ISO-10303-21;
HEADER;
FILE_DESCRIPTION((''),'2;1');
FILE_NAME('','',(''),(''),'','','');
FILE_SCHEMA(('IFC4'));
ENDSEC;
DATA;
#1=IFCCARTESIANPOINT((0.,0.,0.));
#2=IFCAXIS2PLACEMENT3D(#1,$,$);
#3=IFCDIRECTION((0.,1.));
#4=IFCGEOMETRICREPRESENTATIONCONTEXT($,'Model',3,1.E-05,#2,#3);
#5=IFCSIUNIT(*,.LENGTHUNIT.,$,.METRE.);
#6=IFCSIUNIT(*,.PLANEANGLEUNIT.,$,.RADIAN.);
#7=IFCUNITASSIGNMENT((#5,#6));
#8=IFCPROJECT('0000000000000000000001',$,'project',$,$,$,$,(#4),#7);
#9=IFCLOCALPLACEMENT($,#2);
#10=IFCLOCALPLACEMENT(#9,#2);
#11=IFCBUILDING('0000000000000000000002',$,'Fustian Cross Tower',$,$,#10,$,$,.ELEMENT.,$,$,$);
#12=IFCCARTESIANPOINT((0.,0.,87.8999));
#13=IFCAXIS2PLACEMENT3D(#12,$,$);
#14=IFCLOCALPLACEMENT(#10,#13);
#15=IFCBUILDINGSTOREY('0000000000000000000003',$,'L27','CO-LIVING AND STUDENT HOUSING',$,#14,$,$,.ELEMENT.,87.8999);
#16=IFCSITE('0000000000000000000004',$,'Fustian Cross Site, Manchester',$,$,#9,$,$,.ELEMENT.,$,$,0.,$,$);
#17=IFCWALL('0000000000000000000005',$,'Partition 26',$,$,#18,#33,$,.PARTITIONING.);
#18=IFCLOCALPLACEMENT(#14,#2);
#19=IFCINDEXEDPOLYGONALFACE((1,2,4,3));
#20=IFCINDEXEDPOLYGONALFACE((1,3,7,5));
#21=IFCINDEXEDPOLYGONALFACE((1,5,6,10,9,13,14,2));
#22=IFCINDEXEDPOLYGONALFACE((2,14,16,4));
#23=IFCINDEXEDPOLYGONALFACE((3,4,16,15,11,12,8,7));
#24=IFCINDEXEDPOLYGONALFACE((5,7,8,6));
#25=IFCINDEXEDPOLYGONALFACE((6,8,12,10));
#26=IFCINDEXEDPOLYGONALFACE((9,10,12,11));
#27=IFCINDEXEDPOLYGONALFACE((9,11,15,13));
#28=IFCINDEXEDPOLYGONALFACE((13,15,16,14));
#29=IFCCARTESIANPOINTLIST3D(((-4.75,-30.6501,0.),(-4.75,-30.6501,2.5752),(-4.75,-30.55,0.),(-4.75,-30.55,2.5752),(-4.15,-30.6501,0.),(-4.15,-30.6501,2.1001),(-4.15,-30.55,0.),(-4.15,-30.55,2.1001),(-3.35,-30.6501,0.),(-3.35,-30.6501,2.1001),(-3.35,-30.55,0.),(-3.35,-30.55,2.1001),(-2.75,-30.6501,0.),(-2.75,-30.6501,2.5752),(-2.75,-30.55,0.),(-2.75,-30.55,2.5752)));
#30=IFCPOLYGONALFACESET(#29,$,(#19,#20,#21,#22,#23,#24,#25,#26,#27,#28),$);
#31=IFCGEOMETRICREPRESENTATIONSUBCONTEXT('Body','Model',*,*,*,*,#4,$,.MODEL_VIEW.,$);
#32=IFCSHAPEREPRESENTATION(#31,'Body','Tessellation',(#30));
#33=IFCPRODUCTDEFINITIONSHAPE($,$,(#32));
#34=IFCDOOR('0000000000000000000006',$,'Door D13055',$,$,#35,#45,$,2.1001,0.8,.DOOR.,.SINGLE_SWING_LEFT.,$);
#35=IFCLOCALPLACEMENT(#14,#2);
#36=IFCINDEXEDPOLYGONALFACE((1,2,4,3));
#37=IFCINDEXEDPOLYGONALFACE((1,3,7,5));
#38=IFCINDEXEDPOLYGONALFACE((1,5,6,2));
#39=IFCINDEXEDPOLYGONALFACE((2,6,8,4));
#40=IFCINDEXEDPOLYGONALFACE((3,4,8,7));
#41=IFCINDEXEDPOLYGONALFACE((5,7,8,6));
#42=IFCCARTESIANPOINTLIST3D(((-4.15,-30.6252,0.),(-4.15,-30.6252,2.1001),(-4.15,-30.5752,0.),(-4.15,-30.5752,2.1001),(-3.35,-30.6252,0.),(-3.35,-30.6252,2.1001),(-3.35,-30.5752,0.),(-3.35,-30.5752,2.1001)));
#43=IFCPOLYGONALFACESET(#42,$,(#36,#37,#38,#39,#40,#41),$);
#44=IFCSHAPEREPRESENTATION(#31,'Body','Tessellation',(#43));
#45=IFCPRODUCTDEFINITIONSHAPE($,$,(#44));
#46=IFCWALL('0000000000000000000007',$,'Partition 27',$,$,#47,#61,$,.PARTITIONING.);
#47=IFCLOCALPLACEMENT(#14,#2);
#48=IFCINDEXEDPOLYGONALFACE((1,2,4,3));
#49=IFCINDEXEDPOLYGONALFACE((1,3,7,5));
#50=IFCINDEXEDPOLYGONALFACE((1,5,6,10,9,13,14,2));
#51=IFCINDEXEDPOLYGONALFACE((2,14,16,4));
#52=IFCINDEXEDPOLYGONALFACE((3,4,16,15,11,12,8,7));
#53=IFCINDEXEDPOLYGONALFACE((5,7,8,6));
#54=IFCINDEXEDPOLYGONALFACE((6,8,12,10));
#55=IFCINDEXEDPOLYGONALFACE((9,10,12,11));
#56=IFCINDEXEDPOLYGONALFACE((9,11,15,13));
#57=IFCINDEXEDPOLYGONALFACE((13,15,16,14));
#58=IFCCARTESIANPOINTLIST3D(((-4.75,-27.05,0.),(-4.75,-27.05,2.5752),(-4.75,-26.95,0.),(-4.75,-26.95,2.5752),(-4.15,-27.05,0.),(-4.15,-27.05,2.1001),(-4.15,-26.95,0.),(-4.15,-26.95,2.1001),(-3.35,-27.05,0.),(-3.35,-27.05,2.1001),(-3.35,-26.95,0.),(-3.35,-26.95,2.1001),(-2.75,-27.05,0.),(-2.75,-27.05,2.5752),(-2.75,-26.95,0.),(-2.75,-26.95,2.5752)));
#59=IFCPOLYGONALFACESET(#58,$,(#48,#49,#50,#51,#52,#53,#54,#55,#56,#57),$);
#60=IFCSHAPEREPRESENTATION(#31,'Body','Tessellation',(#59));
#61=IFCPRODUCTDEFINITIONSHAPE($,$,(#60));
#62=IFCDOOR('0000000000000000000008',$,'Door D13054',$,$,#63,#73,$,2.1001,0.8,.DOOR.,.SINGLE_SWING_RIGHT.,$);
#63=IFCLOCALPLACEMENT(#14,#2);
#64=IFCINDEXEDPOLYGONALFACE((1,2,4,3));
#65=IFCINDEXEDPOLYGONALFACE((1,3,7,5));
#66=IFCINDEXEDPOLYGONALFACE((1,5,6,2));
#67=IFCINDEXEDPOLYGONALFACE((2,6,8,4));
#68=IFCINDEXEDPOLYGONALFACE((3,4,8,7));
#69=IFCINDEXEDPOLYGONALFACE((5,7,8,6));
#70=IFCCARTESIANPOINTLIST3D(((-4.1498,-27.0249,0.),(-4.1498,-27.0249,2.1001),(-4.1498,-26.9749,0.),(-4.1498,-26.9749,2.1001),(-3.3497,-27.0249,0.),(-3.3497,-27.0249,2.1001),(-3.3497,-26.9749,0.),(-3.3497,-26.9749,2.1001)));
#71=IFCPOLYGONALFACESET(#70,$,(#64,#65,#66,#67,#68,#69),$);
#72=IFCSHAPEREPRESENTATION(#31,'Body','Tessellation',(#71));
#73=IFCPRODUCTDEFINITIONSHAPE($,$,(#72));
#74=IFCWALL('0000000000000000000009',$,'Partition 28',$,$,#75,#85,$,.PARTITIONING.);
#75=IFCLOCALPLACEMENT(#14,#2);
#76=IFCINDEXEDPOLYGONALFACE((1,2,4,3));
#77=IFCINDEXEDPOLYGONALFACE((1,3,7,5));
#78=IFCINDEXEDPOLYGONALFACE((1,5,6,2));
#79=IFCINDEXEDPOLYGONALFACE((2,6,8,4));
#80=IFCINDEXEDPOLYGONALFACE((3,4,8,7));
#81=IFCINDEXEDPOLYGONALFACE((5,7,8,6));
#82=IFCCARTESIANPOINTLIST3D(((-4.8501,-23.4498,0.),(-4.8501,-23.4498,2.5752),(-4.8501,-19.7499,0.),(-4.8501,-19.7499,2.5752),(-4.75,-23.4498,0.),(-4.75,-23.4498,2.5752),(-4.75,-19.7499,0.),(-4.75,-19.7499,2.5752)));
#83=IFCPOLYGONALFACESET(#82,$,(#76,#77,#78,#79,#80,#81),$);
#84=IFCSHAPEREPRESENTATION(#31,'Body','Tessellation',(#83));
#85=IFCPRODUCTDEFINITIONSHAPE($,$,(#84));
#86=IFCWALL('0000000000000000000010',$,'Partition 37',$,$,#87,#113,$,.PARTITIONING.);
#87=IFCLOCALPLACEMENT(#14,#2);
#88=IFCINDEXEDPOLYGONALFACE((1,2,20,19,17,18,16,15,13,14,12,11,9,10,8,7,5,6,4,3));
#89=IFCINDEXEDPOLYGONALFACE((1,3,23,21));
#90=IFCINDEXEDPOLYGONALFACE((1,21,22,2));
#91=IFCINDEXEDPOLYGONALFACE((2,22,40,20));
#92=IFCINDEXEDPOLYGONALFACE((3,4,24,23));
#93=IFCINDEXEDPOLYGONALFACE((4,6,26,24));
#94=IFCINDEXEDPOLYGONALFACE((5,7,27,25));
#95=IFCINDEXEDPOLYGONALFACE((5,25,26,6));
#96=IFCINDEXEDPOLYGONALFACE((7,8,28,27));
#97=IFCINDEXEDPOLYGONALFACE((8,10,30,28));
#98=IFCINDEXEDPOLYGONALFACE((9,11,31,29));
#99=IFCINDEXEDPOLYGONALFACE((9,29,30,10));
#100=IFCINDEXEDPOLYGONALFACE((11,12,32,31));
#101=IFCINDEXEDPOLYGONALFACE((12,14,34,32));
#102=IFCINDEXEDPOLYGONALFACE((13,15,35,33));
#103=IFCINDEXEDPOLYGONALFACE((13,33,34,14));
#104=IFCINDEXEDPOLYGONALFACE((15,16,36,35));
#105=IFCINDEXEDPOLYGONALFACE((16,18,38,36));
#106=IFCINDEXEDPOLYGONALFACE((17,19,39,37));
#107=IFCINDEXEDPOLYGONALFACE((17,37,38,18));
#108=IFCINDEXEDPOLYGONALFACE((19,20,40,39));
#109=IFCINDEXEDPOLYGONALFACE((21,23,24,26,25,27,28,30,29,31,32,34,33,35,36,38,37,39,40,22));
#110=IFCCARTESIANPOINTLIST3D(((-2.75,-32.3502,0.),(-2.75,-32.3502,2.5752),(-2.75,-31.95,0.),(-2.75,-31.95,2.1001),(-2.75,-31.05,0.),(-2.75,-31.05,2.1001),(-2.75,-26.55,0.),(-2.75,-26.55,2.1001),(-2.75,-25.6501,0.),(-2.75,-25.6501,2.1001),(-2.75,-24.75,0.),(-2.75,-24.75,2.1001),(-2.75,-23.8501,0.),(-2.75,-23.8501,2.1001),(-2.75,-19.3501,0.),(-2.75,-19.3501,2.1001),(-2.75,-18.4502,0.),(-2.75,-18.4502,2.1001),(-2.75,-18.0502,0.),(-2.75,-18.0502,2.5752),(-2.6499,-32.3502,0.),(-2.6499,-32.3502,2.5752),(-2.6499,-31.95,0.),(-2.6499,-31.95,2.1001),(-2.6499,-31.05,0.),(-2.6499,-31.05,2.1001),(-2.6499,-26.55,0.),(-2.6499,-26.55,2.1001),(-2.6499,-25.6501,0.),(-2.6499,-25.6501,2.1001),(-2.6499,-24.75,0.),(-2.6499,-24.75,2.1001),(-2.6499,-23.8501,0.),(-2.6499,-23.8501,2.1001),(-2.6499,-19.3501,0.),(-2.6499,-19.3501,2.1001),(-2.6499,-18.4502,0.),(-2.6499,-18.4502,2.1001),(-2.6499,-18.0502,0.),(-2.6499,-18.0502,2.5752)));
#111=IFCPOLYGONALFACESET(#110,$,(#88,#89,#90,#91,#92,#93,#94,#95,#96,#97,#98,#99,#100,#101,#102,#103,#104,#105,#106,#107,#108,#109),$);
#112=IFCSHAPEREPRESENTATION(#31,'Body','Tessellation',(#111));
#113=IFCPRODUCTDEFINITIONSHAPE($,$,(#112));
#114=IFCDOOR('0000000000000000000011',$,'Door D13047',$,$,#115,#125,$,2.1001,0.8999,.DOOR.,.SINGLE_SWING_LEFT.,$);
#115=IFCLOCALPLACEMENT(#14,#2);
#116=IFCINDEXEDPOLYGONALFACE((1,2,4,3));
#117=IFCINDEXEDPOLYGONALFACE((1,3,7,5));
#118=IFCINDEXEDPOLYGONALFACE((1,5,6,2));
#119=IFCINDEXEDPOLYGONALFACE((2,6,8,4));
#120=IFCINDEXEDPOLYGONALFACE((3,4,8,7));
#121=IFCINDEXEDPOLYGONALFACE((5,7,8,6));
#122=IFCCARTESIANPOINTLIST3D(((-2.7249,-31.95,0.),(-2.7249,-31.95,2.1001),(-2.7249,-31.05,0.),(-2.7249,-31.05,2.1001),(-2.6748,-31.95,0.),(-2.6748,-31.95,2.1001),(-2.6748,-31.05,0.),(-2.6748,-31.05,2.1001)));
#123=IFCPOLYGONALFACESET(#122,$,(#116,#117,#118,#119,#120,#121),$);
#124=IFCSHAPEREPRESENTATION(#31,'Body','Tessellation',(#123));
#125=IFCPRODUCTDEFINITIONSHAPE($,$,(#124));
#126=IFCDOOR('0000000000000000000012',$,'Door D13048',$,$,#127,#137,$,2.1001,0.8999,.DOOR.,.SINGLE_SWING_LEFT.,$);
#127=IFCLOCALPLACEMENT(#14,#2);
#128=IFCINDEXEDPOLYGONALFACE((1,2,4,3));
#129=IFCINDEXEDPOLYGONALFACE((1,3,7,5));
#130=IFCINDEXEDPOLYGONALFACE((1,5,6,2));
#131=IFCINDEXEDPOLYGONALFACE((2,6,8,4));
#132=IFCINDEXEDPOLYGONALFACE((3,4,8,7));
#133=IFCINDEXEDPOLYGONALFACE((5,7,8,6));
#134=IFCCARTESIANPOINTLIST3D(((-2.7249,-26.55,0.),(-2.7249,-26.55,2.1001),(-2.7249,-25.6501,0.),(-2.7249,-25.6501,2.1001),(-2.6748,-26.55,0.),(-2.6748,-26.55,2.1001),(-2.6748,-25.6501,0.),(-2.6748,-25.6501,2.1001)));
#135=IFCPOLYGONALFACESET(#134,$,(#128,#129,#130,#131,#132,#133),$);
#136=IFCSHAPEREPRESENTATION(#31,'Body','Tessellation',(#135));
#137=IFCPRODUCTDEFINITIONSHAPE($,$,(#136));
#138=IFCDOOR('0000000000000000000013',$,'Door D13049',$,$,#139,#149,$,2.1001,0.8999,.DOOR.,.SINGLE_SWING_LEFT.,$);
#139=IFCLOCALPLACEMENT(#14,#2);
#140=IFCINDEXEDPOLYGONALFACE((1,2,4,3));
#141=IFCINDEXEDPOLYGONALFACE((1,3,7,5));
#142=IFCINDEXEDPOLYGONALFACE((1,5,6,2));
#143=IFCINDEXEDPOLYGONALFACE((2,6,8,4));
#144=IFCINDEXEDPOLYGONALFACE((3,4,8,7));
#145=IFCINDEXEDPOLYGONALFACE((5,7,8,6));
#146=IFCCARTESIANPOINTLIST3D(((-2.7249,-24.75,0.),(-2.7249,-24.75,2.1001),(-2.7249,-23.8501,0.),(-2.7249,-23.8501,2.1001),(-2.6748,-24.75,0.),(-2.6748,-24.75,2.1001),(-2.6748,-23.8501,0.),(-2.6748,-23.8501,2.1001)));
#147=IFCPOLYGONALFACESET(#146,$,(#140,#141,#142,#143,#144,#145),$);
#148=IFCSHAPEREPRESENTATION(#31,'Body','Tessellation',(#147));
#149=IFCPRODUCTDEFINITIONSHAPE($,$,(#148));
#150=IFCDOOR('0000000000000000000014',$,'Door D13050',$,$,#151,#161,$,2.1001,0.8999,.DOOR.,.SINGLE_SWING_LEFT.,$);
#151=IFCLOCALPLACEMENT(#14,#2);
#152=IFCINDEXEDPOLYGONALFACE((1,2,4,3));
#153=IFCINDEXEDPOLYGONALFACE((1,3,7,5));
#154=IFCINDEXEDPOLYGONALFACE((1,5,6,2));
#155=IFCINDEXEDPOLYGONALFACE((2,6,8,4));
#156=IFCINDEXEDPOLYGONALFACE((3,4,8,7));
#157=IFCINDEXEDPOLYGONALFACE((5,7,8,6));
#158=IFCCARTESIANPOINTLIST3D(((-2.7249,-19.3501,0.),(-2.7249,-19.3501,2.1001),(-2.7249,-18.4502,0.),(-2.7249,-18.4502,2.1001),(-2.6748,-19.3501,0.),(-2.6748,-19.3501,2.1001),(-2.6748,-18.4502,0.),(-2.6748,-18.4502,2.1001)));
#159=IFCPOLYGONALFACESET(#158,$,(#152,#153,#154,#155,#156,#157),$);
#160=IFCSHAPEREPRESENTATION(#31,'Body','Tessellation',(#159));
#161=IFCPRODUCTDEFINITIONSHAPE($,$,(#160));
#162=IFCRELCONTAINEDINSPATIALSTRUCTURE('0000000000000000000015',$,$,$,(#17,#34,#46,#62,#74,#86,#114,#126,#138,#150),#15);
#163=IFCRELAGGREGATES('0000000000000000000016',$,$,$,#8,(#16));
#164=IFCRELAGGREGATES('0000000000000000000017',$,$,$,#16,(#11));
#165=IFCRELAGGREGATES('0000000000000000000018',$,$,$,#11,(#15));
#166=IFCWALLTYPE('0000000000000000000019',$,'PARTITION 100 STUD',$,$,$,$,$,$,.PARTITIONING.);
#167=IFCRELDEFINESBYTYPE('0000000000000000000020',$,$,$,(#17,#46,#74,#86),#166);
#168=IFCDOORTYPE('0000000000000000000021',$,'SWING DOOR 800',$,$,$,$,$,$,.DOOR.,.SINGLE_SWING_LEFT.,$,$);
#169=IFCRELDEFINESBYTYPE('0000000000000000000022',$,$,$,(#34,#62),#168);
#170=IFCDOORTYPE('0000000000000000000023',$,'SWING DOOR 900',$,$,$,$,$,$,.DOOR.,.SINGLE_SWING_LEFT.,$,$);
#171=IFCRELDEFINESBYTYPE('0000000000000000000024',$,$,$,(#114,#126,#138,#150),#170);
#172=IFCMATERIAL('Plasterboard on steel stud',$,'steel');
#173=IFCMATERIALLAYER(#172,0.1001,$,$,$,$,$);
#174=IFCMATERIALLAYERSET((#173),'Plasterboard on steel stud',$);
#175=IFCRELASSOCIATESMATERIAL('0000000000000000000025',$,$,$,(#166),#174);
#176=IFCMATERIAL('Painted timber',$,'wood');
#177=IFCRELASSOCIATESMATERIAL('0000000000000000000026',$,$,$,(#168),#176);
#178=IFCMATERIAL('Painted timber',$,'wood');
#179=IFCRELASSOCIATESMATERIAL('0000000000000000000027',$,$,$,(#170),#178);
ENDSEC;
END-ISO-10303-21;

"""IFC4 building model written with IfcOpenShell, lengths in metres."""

from ifc_helpers import new_model, si_unit, direction, frame, frame_2d, origin, place, context, subcontext, project, spatial, rectangle, extrude, material, layer, layer_set, type_object, element, fill, save


model = new_model("IFC4")

# Units and contexts
model_context = context("Model", 3, precision=1e-05, world=origin(), true_north=direction((0.0, 1.0)))
body_context = subcontext(model_context, "Body", "Model", "MODEL_VIEW")
ifc_project = project(units=[si_unit("LENGTHUNIT", "METRE"), si_unit("PLANEANGLEUNIT", "RADIAN")], contexts=[model_context])

# Site, building, storey
site_placement = place(None, origin())
site = spatial("IfcSite", under=ifc_project, at=site_placement, Name="Fustian Cross Site, Manchester", CompositionType="ELEMENT", RefElevation=0.0)
building_placement = place(site_placement, origin())
building = spatial("IfcBuilding", under=site, at=building_placement, Name="Fustian Cross Tower", CompositionType="ELEMENT")
storey_placement = place(building_placement, frame((0.0, 0.0, 87.8999)))
storey = spatial("IfcBuildingStorey", under=building, at=storey_placement, Name="L27", Description="CO-LIVING AND STUDENT HOUSING", CompositionType="ELEMENT", Elevation=87.8999)

# Shared definitions
ifc_material_1 = material(Name="Plasterboard on steel stud", Category="steel")
ifc_layer_1 = layer(ifc_material_1, 0.1001)
ifc_layer_set_1 = layer_set([ifc_layer_1], Name="Plasterboard on steel stud")
wall_type_1 = type_object("IfcWallType", Name="PARTITION 100 STUD", PredefinedType="PARTITIONING", material=ifc_layer_set_1)
ifc_material_2 = material(Name="Painted timber", Category="wood")
door_type_1 = type_object("IfcDoorType", Name="SWING DOOR 800", OperationType="SINGLE_SWING_LEFT", PredefinedType="DOOR", material=ifc_material_2)

# Walls, openings, doors
wall_1_placement = place(storey_placement, frame((-4.75, -30.6001, 0.0), z_axis=(0.0, 0.0, 1.0), x_axis=(1.0, 0.0, 0.0)))
wall_1 = element("IfcWall", 1, at=wall_1_placement, inside=storey, type_object=wall_type_1, Name="Partition 26", PredefinedType="PARTITIONING", context=body_context, shape_type="SweptSolid", body=[
    extrude(rectangle(XDim=2.0, YDim=0.1001, at=frame_2d((1.0, 0.0))), origin(), (0.0, 0.0, 1.0), 2.5752),
])
opening_1_placement = place(wall_1_placement, frame((0.6001, 0.0, 0.0)))
opening_1 = element("IfcOpeningElement", 2, at=opening_1_placement, cuts=wall_1, PredefinedType="OPENING", context=body_context, shape_type="SweptSolid", body=[
    extrude(rectangle(XDim=0.8, YDim=2.1001, at=frame_2d((0.3999, 1.05))), frame((0.0, 0.0601, 0.0), z_axis=(0.0, -1.0, 0.0), x_axis=(1.0, 0.0, 0.0)), (0.0, 0.0, 1.0), 0.1201),
])
door_1_placement = place(opening_1_placement, origin())
door_1 = element("IfcDoor", 3, at=door_1_placement, inside=storey, type_object=door_type_1, Name="Door D13055", OperationType="SINGLE_SWING_LEFT", OverallHeight=2.1001, OverallWidth=0.8, PredefinedType="DOOR", context=body_context, shape_type="SweptSolid", body=[
    extrude(rectangle(XDim=0.8, YDim=2.1001, at=frame_2d((0.3999, 1.05))), frame((0.0, 0.0249, 0.0), z_axis=(0.0, -1.0, 0.0), x_axis=(1.0, 0.0, 0.0)), (0.0, 0.0, 1.0), 0.05),
])
fill(opening_1, door_1)
wall_2_placement = place(storey_placement, frame((-4.75, -27.0, 0.0), z_axis=(0.0, 0.0, 1.0), x_axis=(1.0, 0.0, 0.0)))
wall_2 = element("IfcWall", 4, at=wall_2_placement, inside=storey, type_object=wall_type_1, Name="Partition 27", PredefinedType="PARTITIONING", context=body_context, shape_type="SweptSolid", body=[
    extrude(rectangle(XDim=2.0, YDim=0.1001, at=frame_2d((1.0, 0.0))), origin(), (0.0, 0.0, 1.0), 2.5752),
])
opening_2_placement = place(wall_2_placement, frame((0.6001, 0.0, 0.0)))
opening_2 = element("IfcOpeningElement", 5, at=opening_2_placement, cuts=wall_2, PredefinedType="OPENING", context=body_context, shape_type="SweptSolid", body=[
    extrude(rectangle(XDim=0.8, YDim=2.1001, at=frame_2d((0.3999, 1.05))), frame((0.0, 0.0601, 0.0), z_axis=(0.0, -1.0, 0.0), x_axis=(1.0, 0.0, 0.0)), (0.0, 0.0, 1.0), 0.1201),
])
door_2_placement = place(opening_2_placement, frame((0.8, 0.0, 0.0), z_axis=(0.0, 0.0, 1.0), x_axis=(-1.0, 0.0, 0.0)))
door_2 = element("IfcDoor", 6, at=door_2_placement, inside=storey, type_object=door_type_1, Name="Door D13054", OperationType="SINGLE_SWING_RIGHT", OverallHeight=2.1001, OverallWidth=0.8, PredefinedType="DOOR", context=body_context, shape_type="SweptSolid", body=[
    extrude(rectangle(XDim=0.8, YDim=2.1001, at=frame_2d((0.3999, 1.05))), frame((0.0, 0.0249, 0.0), z_axis=(0.0, -1.0, 0.0), x_axis=(1.0, 0.0, 0.0)), (0.0, 0.0, 1.0), 0.05),
])
fill(opening_2, door_2)

# Wall
wall_3_placement = place(storey_placement, frame((-4.8, -23.45, 0.0), z_axis=(0.0, 0.0, 1.0), x_axis=(0.0, 1.0, 0.0)))
element("IfcWall", 7, at=wall_3_placement, inside=storey, type_object=wall_type_1, Name="Partition 28", PredefinedType="PARTITIONING", context=body_context, shape_type="SweptSolid", body=[
    extrude(rectangle(XDim=3.7, YDim=0.1001, at=frame_2d((1.8501, 0.0))), origin(), (0.0, 0.0, 1.0), 2.5752),
])

# Wall, openings, doors
wall_4_placement = place(storey_placement, frame((-2.7, -32.3501, 0.0), z_axis=(0.0, 0.0, 1.0), x_axis=(0.0, 1.0, 0.0)))
wall_4 = element("IfcWall", 8, at=wall_4_placement, inside=storey, type_object=wall_type_1, Name="Partition 37", PredefinedType="PARTITIONING", context=body_context, shape_type="SweptSolid", body=[
    extrude(rectangle(XDim=14.3, YDim=0.1001, at=frame_2d((7.1499, 0.0))), origin(), (0.0, 0.0, 1.0), 2.5752),
])
opening_3_placement = place(wall_4_placement, frame((0.4001, 0.0, 0.0)))
opening_3 = element("IfcOpeningElement", 9, at=opening_3_placement, cuts=wall_4, PredefinedType="OPENING", context=body_context, shape_type="SweptSolid", body=[
    extrude(rectangle(XDim=0.8999, YDim=2.1001, at=frame_2d((0.45, 1.05))), frame((0.0, 0.0601, 0.0), z_axis=(0.0, -1.0, 0.0), x_axis=(1.0, 0.0, 0.0)), (0.0, 0.0, 1.0), 0.1201),
])
opening_4_placement = place(wall_4_placement, frame((5.8, 0.0, 0.0)))
opening_4 = element("IfcOpeningElement", 10, at=opening_4_placement, cuts=wall_4, PredefinedType="OPENING", context=body_context, shape_type="SweptSolid", body=[
    extrude(rectangle(XDim=0.8999, YDim=2.1001, at=frame_2d((0.45, 1.05))), frame((0.0, 0.0601, 0.0), z_axis=(0.0, -1.0, 0.0), x_axis=(1.0, 0.0, 0.0)), (0.0, 0.0, 1.0), 0.1201),
])
opening_5_placement = place(wall_4_placement, frame((7.6001, 0.0, 0.0)))
opening_5 = element("IfcOpeningElement", 11, at=opening_5_placement, cuts=wall_4, PredefinedType="OPENING", context=body_context, shape_type="SweptSolid", body=[
    extrude(rectangle(XDim=0.8999, YDim=2.1001, at=frame_2d((0.45, 1.05))), frame((0.0, 0.0601, 0.0), z_axis=(0.0, -1.0, 0.0), x_axis=(1.0, 0.0, 0.0)), (0.0, 0.0, 1.0), 0.1201),
])
opening_6_placement = place(wall_4_placement, frame((13.0, 0.0, 0.0)))
opening_6 = element("IfcOpeningElement", 12, at=opening_6_placement, cuts=wall_4, PredefinedType="OPENING", context=body_context, shape_type="SweptSolid", body=[
    extrude(rectangle(XDim=0.8999, YDim=2.1001, at=frame_2d((0.45, 1.05))), frame((0.0, 0.0601, 0.0), z_axis=(0.0, -1.0, 0.0), x_axis=(1.0, 0.0, 0.0)), (0.0, 0.0, 1.0), 0.1201),
])
ifc_material_3 = material(Name="Painted timber", Category="wood")
door_type_2 = type_object("IfcDoorType", Name="SWING DOOR 900", OperationType="SINGLE_SWING_LEFT", PredefinedType="DOOR", material=ifc_material_3)
door_3_placement = place(opening_3_placement, origin())
door_3 = element("IfcDoor", 13, at=door_3_placement, inside=storey, type_object=door_type_2, Name="Door D13047", OperationType="SINGLE_SWING_LEFT", OverallHeight=2.1001, OverallWidth=0.8999, PredefinedType="DOOR", context=body_context, shape_type="SweptSolid", body=[
    extrude(rectangle(XDim=0.8999, YDim=2.1001, at=frame_2d((0.45, 1.05))), frame((0.0, 0.0249, 0.0), z_axis=(0.0, -1.0, 0.0), x_axis=(1.0, 0.0, 0.0)), (0.0, 0.0, 1.0), 0.05),
])
fill(opening_3, door_3)
door_4_placement = place(opening_4_placement, origin())
door_4 = element("IfcDoor", 14, at=door_4_placement, inside=storey, type_object=door_type_2, Name="Door D13048", OperationType="SINGLE_SWING_LEFT", OverallHeight=2.1001, OverallWidth=0.8999, PredefinedType="DOOR", context=body_context, shape_type="SweptSolid", body=[
    extrude(rectangle(XDim=0.8999, YDim=2.1001, at=frame_2d((0.45, 1.05))), frame((0.0, 0.0249, 0.0), z_axis=(0.0, -1.0, 0.0), x_axis=(1.0, 0.0, 0.0)), (0.0, 0.0, 1.0), 0.05),
])
fill(opening_4, door_4)
door_5_placement = place(opening_5_placement, origin())
door_5 = element("IfcDoor", 15, at=door_5_placement, inside=storey, type_object=door_type_2, Name="Door D13049", OperationType="SINGLE_SWING_LEFT", OverallHeight=2.1001, OverallWidth=0.8999, PredefinedType="DOOR", context=body_context, shape_type="SweptSolid", body=[
    extrude(rectangle(XDim=0.8999, YDim=2.1001, at=frame_2d((0.45, 1.05))), frame((0.0, 0.0249, 0.0), z_axis=(0.0, -1.0, 0.0), x_axis=(1.0, 0.0, 0.0)), (0.0, 0.0, 1.0), 0.05),
])
fill(opening_5, door_5)
door_6_placement = place(opening_6_placement, origin())
door_6 = element("IfcDoor", 16, at=door_6_placement, inside=storey, type_object=door_type_2, Name="Door D13050", OperationType="SINGLE_SWING_LEFT", OverallHeight=2.1001, OverallWidth=0.8999, PredefinedType="DOOR", context=body_context, shape_type="SweptSolid", body=[
    extrude(rectangle(XDim=0.8999, YDim=2.1001, at=frame_2d((0.45, 1.05))), frame((0.0, 0.0249, 0.0), z_axis=(0.0, -1.0, 0.0), x_axis=(1.0, 0.0, 0.0)), (0.0, 0.0, 1.0), 0.05),
])
fill(opening_6, door_6)

save(model, "model.ifc")
